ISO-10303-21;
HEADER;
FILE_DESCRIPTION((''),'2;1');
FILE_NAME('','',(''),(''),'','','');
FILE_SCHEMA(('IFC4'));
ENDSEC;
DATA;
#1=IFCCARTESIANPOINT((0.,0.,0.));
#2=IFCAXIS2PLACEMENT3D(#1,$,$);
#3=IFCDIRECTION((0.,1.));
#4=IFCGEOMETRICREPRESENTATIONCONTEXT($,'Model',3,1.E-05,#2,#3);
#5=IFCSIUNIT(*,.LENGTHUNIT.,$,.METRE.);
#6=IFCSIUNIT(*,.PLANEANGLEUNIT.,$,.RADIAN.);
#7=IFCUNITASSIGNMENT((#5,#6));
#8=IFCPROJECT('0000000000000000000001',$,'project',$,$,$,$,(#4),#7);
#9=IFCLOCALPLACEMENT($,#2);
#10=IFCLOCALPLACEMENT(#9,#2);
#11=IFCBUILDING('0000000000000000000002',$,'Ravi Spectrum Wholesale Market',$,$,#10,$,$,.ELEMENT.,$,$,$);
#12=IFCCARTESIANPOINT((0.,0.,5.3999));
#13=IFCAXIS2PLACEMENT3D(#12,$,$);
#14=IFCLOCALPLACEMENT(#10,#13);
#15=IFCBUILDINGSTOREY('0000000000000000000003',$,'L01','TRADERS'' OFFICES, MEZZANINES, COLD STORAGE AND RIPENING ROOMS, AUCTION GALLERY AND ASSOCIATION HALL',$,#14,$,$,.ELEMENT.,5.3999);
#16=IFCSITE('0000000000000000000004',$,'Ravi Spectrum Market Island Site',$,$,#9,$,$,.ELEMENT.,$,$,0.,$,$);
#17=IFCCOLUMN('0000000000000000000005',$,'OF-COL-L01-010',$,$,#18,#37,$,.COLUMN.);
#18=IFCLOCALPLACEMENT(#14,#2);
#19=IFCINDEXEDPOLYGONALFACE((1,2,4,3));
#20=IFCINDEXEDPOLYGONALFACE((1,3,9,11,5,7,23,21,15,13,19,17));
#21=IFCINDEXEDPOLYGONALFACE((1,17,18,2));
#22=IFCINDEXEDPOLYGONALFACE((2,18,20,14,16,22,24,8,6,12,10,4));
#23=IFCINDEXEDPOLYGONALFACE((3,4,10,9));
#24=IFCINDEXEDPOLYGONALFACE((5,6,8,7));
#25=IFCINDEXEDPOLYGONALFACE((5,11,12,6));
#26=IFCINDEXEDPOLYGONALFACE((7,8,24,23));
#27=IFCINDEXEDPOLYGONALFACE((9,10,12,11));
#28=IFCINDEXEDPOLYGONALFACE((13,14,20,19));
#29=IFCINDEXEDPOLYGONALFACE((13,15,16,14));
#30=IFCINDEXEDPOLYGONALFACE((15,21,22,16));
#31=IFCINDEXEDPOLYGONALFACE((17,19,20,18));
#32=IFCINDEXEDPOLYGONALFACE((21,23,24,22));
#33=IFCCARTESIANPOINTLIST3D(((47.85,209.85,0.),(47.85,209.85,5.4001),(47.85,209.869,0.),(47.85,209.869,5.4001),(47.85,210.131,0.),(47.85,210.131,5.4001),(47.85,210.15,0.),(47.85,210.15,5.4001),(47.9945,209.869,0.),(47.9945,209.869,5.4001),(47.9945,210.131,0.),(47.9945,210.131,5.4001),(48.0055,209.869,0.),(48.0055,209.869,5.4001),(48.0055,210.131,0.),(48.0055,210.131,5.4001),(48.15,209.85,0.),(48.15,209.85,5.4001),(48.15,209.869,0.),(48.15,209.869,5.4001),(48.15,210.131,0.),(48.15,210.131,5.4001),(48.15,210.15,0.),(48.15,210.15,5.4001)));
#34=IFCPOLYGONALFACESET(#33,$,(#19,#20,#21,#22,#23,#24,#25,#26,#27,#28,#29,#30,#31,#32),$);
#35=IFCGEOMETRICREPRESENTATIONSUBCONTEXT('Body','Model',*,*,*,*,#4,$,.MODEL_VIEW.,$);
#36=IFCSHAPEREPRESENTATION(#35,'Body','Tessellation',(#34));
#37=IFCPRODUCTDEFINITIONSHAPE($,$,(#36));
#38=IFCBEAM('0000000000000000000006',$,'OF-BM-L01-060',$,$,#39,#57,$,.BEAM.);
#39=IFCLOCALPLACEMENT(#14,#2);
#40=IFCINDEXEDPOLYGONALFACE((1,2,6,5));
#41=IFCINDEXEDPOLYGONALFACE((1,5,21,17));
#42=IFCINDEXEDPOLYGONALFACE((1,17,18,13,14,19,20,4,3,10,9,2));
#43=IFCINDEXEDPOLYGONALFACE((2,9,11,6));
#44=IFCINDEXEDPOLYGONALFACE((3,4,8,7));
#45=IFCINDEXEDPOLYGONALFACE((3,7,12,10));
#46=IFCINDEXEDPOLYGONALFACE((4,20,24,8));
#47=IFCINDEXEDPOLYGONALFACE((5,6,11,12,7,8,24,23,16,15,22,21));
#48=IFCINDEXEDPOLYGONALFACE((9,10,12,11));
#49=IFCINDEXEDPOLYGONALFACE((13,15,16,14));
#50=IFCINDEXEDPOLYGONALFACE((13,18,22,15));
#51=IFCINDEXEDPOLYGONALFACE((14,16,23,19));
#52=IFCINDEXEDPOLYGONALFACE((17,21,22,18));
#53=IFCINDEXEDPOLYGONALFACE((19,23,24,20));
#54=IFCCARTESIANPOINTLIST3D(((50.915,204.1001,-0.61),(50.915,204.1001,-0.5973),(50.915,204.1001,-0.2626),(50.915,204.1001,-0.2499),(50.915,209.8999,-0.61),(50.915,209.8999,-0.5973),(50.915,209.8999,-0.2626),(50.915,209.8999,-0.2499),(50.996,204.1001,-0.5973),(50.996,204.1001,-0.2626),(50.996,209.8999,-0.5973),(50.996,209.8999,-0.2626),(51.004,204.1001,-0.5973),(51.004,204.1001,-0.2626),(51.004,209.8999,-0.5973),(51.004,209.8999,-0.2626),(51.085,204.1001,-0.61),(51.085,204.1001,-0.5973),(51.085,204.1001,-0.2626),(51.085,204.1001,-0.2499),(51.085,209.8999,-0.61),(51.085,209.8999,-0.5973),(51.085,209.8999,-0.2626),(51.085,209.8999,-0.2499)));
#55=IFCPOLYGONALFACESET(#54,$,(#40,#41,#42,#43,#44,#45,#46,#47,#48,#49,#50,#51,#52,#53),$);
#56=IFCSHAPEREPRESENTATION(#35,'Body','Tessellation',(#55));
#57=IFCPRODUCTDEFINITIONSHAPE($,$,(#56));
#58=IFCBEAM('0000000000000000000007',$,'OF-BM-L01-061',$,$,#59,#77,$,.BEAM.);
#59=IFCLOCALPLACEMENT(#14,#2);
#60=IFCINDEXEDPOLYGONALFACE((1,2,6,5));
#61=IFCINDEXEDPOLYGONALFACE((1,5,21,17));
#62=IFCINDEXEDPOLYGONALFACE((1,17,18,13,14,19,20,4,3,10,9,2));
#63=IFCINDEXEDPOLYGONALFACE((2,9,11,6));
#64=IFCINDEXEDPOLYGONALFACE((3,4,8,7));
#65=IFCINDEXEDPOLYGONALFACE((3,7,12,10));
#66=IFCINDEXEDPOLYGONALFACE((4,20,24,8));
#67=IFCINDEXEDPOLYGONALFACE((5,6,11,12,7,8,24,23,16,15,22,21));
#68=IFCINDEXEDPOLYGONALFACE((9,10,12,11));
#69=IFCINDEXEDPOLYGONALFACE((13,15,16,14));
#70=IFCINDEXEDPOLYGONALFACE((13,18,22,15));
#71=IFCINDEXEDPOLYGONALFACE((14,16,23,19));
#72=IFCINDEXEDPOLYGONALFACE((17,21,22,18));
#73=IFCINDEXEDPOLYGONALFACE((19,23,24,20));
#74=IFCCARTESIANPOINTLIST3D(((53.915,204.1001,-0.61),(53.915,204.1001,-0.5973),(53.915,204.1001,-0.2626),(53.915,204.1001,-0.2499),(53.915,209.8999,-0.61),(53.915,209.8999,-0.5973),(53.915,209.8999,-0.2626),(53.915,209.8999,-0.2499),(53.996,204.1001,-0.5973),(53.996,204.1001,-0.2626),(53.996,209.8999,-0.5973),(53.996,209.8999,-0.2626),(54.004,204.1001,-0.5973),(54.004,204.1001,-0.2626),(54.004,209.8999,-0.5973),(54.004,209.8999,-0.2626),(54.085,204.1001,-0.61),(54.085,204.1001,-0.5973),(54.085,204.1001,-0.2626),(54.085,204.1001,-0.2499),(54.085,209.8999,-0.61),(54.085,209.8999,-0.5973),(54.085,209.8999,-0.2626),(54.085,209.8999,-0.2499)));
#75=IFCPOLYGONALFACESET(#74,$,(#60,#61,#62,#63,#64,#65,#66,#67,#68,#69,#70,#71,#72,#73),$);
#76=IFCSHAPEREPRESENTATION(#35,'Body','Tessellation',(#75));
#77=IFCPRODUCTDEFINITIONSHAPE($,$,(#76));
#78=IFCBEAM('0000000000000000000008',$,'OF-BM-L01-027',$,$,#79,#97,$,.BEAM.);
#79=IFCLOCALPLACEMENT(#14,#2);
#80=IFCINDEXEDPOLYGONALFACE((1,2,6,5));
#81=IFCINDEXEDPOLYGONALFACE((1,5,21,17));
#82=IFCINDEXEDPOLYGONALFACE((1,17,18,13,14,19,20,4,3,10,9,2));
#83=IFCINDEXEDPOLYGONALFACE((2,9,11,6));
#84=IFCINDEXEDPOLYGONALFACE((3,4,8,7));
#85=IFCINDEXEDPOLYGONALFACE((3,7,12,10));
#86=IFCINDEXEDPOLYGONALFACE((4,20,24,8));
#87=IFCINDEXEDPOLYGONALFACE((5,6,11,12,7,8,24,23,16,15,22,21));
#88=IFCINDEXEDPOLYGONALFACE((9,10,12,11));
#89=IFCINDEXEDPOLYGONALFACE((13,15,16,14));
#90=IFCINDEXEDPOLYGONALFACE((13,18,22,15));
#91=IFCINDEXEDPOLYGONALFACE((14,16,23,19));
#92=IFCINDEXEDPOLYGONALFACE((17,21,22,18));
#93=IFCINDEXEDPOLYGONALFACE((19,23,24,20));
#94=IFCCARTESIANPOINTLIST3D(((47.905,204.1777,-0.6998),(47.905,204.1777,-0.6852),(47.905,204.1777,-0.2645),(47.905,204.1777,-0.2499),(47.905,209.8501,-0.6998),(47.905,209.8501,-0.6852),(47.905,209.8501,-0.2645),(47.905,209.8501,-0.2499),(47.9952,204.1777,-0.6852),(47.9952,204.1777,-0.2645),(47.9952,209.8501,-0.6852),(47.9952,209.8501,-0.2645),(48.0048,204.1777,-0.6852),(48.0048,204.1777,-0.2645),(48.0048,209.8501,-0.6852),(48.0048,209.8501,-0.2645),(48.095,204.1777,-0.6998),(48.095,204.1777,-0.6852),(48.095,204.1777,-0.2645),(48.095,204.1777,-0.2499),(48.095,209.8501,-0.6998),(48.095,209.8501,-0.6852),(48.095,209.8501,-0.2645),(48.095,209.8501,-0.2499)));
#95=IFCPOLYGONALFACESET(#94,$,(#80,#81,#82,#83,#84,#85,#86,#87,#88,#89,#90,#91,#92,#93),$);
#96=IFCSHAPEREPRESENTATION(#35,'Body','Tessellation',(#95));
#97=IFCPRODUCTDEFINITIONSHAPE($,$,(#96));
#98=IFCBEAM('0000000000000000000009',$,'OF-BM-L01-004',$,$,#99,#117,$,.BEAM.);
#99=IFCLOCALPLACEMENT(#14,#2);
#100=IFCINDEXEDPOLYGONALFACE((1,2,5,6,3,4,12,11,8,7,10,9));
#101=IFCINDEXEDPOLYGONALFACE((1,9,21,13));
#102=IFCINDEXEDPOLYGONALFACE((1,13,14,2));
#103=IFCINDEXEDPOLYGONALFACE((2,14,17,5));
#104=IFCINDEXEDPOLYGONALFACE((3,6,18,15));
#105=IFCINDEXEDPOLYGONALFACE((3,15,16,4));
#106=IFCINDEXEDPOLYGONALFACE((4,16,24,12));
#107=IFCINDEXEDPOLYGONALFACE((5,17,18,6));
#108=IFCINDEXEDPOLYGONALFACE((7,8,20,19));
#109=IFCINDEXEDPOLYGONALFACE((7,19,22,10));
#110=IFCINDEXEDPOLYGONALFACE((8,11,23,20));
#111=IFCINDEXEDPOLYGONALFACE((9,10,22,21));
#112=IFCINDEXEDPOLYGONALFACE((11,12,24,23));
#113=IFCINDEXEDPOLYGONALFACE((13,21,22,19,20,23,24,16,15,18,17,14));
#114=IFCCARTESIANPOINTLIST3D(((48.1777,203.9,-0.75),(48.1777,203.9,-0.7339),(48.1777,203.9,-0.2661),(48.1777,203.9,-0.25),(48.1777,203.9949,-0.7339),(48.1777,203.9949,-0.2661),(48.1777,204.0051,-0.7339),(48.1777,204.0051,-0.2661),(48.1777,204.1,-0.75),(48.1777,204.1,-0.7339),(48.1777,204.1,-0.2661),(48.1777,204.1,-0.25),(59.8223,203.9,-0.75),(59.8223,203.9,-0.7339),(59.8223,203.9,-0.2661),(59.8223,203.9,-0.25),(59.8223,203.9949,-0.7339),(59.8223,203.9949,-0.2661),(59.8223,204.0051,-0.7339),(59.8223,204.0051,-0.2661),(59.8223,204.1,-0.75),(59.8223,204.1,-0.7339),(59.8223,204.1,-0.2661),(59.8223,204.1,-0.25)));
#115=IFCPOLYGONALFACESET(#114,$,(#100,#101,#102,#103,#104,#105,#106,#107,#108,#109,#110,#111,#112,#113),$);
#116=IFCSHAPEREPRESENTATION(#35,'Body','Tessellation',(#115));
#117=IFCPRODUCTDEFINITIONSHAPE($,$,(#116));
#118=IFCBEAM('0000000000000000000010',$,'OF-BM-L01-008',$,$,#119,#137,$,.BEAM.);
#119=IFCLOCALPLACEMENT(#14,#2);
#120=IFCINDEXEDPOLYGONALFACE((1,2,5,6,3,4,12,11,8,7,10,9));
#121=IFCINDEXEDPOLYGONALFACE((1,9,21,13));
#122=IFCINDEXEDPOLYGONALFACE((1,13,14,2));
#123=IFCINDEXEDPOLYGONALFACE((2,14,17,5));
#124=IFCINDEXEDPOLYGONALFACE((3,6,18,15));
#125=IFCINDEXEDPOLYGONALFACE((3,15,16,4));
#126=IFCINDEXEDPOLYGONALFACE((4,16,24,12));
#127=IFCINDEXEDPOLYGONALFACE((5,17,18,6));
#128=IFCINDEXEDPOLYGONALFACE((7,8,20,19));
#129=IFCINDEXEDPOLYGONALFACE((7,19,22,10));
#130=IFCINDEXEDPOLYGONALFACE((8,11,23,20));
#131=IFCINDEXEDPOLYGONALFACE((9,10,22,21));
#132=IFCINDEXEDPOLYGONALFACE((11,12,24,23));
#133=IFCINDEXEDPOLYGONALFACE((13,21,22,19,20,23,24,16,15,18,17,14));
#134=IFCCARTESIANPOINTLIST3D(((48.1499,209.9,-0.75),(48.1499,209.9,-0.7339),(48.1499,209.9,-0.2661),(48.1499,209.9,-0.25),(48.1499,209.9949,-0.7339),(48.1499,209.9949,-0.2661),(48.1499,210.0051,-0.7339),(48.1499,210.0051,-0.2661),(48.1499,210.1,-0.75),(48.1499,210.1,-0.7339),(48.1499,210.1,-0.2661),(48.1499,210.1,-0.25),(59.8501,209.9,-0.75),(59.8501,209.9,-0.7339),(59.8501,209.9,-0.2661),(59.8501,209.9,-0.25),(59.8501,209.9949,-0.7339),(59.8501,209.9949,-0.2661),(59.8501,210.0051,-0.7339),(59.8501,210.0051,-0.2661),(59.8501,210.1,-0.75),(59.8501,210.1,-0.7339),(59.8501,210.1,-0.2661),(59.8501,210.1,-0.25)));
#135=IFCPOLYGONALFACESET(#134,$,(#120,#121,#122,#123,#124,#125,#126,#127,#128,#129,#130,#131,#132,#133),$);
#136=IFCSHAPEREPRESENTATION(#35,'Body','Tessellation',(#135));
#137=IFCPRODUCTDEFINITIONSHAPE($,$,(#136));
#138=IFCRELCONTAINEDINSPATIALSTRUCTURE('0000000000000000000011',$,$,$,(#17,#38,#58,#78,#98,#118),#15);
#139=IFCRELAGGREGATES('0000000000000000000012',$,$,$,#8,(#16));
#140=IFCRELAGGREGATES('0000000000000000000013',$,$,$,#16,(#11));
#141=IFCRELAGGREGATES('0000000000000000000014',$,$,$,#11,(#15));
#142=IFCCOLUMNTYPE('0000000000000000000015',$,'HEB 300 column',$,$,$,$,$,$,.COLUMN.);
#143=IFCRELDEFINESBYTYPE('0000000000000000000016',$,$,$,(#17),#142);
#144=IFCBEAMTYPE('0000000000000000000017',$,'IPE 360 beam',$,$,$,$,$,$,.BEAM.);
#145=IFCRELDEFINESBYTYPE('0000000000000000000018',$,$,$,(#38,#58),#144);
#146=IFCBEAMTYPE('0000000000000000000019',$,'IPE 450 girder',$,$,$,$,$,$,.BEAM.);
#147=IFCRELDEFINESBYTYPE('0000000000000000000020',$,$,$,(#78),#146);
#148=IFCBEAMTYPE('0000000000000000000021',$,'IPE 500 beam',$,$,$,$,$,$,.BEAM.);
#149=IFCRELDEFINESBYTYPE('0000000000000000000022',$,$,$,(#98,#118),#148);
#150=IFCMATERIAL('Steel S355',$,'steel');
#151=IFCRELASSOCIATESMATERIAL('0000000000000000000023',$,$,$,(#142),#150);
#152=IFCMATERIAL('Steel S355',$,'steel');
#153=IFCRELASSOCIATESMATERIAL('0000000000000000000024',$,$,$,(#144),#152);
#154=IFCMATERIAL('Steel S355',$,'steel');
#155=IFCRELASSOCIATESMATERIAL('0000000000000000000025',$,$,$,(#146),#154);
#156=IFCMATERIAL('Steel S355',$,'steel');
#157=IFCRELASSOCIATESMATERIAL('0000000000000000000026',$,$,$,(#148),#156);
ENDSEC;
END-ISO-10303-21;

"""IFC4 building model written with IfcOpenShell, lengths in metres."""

from ifc_helpers import new_model, si_unit, direction, frame, origin, origin_2d, place, context, subcontext, project, spatial, i_section, extrude, material, material_profile, profile_set, type_object, element, save


model = new_model("IFC4")

# Units and contexts
model_context = context("Model", 3, precision=1e-05, world=origin(), true_north=direction((0.0, 1.0)))
body_context = subcontext(model_context, "Body", "Model", "MODEL_VIEW")
ifc_project = project(units=[si_unit("LENGTHUNIT", "METRE"), si_unit("PLANEANGLEUNIT", "RADIAN")], contexts=[model_context])

# Site, building, storey
site_placement = place(None, origin())
site = spatial("IfcSite", under=ifc_project, at=site_placement, Name="Ravi Spectrum Market Island Site", CompositionType="ELEMENT", RefElevation=0.0)
building_placement = place(site_placement, origin())
building = spatial("IfcBuilding", under=site, at=building_placement, Name="Ravi Spectrum Wholesale Market", CompositionType="ELEMENT")
storey_placement = place(building_placement, frame((0.0, 0.0, 5.3999)))
storey = spatial("IfcBuildingStorey", under=building, at=storey_placement, Name="L01", Description="TRADERS' OFFICES, MEZZANINES, COLD STORAGE AND RIPENING ROOMS, AUCTION GALLERY AND ASSOCIATION HALL", CompositionType="ELEMENT", Elevation=5.3999)

# Column
ifc_material_1 = material(Name="Steel S355", Category="steel")
ifc_material_profile_1 = material_profile(ifc_material_1, i_section(OverallWidth=0.3, OverallDepth=0.3, WebThickness=0.011, FlangeThickness=0.019, at=origin_2d()))
ifc_profile_set_1 = profile_set([ifc_material_profile_1], Name="Steel S355")
column_type = type_object("IfcColumnType", Name="HEB 300 column", PredefinedType="COLUMN", material=ifc_profile_set_1)
column_placement = place(storey_placement, frame((48.0, 210.0, 0.0), z_axis=(0.0, 0.0, 1.0), x_axis=(1.0, 0.0, 0.0)))
element("IfcColumn", 1, at=column_placement, inside=storey, type_object=column_type, Name="OF-COL-L01-010", PredefinedType="COLUMN", context=body_context, shape_type="SweptSolid", body=[
    extrude(i_section(OverallWidth=0.3, OverallDepth=0.3, WebThickness=0.011, FlangeThickness=0.019, at=origin_2d()), origin(), (0.0, 0.0, 1.0), 5.4001),
])

# Beams
ifc_material_2 = material(Name="Steel S355", Category="steel")
ifc_material_profile_2 = material_profile(ifc_material_2, i_section(OverallWidth=0.1699, OverallDepth=0.3601, WebThickness=0.0081, FlangeThickness=0.0127, at=origin_2d()))
ifc_profile_set_2 = profile_set([ifc_material_profile_2], Name="Steel S355")
beam_type_1 = type_object("IfcBeamType", Name="IPE 360 beam", PredefinedType="BEAM", material=ifc_profile_set_2)
for number, where, z_axis, x_axis, name in (
    (2, (51.0, 204.1001, -0.4299), (0.0, 1.0, 0.0), (-1.0, 0.0, 0.0), "OF-BM-L01-060"),
    (3, (54.0, 204.1001, -0.4299), (0.0, 1.0, 0.0), (-1.0, 0.0, 0.0), "OF-BM-L01-061"),
):
    element("IfcBeam", number, at=place(storey_placement, frame(where, z_axis=z_axis, x_axis=x_axis)), inside=storey, type_object=beam_type_1, Name=name, PredefinedType="BEAM", context=body_context, shape_type="SweptSolid", body=[
        extrude(i_section(OverallWidth=0.1699, OverallDepth=0.3601, WebThickness=0.0081, FlangeThickness=0.0127, at=origin_2d()), origin(), (0.0, 0.0, 1.0), 5.7998),
    ])
ifc_material_3 = material(Name="Steel S355", Category="steel")
ifc_material_profile_3 = material_profile(ifc_material_3, i_section(OverallWidth=0.1899, OverallDepth=0.45, WebThickness=0.0095, FlangeThickness=0.0146, at=origin_2d()))
ifc_profile_set_3 = profile_set([ifc_material_profile_3], Name="Steel S355")
beam_type_2 = type_object("IfcBeamType", Name="IPE 450 girder", PredefinedType="BEAM", material=ifc_profile_set_3)
beam_1_placement = place(storey_placement, frame((48.0, 204.1777, -0.4749), z_axis=(0.0, 1.0, 0.0), x_axis=(-1.0, 0.0, 0.0)))
element("IfcBeam", 4, at=beam_1_placement, inside=storey, type_object=beam_type_2, Name="OF-BM-L01-027", PredefinedType="BEAM", context=body_context, shape_type="SweptSolid", body=[
    extrude(i_section(OverallWidth=0.1899, OverallDepth=0.45, WebThickness=0.0095, FlangeThickness=0.0146, at=origin_2d()), origin(), (0.0, 0.0, 1.0), 5.6724),
])
ifc_material_4 = material(Name="Steel S355", Category="steel")
ifc_material_profile_4 = material_profile(ifc_material_4, i_section(OverallWidth=0.2, OverallDepth=0.5, WebThickness=0.0103, FlangeThickness=0.0161, at=origin_2d()))
ifc_profile_set_4 = profile_set([ifc_material_profile_4], Name="Steel S355")
beam_type_3 = type_object("IfcBeamType", Name="IPE 500 beam", PredefinedType="BEAM", material=ifc_profile_set_4)
beam_2_placement = place(storey_placement, frame((48.1777, 204.0, -0.5), z_axis=(1.0, 0.0, 0.0), x_axis=(0.0, 1.0, 0.0)))
element("IfcBeam", 5, at=beam_2_placement, inside=storey, type_object=beam_type_3, Name="OF-BM-L01-004", PredefinedType="BEAM", context=body_context, shape_type="SweptSolid", body=[
    extrude(i_section(OverallWidth=0.2, OverallDepth=0.5, WebThickness=0.0103, FlangeThickness=0.0161, at=origin_2d()), origin(), (0.0, 0.0, 1.0), 11.6445),
])
beam_3_placement = place(storey_placement, frame((48.1499, 210.0, -0.5), z_axis=(1.0, 0.0, 0.0), x_axis=(0.0, 1.0, 0.0)))
element("IfcBeam", 6, at=beam_3_placement, inside=storey, type_object=beam_type_3, Name="OF-BM-L01-008", PredefinedType="BEAM", context=body_context, shape_type="SweptSolid", body=[
    extrude(i_section(OverallWidth=0.2, OverallDepth=0.5, WebThickness=0.0103, FlangeThickness=0.0161, at=origin_2d()), origin(), (0.0, 0.0, 1.0), 11.7002),
])

save(model, "model.ifc")
